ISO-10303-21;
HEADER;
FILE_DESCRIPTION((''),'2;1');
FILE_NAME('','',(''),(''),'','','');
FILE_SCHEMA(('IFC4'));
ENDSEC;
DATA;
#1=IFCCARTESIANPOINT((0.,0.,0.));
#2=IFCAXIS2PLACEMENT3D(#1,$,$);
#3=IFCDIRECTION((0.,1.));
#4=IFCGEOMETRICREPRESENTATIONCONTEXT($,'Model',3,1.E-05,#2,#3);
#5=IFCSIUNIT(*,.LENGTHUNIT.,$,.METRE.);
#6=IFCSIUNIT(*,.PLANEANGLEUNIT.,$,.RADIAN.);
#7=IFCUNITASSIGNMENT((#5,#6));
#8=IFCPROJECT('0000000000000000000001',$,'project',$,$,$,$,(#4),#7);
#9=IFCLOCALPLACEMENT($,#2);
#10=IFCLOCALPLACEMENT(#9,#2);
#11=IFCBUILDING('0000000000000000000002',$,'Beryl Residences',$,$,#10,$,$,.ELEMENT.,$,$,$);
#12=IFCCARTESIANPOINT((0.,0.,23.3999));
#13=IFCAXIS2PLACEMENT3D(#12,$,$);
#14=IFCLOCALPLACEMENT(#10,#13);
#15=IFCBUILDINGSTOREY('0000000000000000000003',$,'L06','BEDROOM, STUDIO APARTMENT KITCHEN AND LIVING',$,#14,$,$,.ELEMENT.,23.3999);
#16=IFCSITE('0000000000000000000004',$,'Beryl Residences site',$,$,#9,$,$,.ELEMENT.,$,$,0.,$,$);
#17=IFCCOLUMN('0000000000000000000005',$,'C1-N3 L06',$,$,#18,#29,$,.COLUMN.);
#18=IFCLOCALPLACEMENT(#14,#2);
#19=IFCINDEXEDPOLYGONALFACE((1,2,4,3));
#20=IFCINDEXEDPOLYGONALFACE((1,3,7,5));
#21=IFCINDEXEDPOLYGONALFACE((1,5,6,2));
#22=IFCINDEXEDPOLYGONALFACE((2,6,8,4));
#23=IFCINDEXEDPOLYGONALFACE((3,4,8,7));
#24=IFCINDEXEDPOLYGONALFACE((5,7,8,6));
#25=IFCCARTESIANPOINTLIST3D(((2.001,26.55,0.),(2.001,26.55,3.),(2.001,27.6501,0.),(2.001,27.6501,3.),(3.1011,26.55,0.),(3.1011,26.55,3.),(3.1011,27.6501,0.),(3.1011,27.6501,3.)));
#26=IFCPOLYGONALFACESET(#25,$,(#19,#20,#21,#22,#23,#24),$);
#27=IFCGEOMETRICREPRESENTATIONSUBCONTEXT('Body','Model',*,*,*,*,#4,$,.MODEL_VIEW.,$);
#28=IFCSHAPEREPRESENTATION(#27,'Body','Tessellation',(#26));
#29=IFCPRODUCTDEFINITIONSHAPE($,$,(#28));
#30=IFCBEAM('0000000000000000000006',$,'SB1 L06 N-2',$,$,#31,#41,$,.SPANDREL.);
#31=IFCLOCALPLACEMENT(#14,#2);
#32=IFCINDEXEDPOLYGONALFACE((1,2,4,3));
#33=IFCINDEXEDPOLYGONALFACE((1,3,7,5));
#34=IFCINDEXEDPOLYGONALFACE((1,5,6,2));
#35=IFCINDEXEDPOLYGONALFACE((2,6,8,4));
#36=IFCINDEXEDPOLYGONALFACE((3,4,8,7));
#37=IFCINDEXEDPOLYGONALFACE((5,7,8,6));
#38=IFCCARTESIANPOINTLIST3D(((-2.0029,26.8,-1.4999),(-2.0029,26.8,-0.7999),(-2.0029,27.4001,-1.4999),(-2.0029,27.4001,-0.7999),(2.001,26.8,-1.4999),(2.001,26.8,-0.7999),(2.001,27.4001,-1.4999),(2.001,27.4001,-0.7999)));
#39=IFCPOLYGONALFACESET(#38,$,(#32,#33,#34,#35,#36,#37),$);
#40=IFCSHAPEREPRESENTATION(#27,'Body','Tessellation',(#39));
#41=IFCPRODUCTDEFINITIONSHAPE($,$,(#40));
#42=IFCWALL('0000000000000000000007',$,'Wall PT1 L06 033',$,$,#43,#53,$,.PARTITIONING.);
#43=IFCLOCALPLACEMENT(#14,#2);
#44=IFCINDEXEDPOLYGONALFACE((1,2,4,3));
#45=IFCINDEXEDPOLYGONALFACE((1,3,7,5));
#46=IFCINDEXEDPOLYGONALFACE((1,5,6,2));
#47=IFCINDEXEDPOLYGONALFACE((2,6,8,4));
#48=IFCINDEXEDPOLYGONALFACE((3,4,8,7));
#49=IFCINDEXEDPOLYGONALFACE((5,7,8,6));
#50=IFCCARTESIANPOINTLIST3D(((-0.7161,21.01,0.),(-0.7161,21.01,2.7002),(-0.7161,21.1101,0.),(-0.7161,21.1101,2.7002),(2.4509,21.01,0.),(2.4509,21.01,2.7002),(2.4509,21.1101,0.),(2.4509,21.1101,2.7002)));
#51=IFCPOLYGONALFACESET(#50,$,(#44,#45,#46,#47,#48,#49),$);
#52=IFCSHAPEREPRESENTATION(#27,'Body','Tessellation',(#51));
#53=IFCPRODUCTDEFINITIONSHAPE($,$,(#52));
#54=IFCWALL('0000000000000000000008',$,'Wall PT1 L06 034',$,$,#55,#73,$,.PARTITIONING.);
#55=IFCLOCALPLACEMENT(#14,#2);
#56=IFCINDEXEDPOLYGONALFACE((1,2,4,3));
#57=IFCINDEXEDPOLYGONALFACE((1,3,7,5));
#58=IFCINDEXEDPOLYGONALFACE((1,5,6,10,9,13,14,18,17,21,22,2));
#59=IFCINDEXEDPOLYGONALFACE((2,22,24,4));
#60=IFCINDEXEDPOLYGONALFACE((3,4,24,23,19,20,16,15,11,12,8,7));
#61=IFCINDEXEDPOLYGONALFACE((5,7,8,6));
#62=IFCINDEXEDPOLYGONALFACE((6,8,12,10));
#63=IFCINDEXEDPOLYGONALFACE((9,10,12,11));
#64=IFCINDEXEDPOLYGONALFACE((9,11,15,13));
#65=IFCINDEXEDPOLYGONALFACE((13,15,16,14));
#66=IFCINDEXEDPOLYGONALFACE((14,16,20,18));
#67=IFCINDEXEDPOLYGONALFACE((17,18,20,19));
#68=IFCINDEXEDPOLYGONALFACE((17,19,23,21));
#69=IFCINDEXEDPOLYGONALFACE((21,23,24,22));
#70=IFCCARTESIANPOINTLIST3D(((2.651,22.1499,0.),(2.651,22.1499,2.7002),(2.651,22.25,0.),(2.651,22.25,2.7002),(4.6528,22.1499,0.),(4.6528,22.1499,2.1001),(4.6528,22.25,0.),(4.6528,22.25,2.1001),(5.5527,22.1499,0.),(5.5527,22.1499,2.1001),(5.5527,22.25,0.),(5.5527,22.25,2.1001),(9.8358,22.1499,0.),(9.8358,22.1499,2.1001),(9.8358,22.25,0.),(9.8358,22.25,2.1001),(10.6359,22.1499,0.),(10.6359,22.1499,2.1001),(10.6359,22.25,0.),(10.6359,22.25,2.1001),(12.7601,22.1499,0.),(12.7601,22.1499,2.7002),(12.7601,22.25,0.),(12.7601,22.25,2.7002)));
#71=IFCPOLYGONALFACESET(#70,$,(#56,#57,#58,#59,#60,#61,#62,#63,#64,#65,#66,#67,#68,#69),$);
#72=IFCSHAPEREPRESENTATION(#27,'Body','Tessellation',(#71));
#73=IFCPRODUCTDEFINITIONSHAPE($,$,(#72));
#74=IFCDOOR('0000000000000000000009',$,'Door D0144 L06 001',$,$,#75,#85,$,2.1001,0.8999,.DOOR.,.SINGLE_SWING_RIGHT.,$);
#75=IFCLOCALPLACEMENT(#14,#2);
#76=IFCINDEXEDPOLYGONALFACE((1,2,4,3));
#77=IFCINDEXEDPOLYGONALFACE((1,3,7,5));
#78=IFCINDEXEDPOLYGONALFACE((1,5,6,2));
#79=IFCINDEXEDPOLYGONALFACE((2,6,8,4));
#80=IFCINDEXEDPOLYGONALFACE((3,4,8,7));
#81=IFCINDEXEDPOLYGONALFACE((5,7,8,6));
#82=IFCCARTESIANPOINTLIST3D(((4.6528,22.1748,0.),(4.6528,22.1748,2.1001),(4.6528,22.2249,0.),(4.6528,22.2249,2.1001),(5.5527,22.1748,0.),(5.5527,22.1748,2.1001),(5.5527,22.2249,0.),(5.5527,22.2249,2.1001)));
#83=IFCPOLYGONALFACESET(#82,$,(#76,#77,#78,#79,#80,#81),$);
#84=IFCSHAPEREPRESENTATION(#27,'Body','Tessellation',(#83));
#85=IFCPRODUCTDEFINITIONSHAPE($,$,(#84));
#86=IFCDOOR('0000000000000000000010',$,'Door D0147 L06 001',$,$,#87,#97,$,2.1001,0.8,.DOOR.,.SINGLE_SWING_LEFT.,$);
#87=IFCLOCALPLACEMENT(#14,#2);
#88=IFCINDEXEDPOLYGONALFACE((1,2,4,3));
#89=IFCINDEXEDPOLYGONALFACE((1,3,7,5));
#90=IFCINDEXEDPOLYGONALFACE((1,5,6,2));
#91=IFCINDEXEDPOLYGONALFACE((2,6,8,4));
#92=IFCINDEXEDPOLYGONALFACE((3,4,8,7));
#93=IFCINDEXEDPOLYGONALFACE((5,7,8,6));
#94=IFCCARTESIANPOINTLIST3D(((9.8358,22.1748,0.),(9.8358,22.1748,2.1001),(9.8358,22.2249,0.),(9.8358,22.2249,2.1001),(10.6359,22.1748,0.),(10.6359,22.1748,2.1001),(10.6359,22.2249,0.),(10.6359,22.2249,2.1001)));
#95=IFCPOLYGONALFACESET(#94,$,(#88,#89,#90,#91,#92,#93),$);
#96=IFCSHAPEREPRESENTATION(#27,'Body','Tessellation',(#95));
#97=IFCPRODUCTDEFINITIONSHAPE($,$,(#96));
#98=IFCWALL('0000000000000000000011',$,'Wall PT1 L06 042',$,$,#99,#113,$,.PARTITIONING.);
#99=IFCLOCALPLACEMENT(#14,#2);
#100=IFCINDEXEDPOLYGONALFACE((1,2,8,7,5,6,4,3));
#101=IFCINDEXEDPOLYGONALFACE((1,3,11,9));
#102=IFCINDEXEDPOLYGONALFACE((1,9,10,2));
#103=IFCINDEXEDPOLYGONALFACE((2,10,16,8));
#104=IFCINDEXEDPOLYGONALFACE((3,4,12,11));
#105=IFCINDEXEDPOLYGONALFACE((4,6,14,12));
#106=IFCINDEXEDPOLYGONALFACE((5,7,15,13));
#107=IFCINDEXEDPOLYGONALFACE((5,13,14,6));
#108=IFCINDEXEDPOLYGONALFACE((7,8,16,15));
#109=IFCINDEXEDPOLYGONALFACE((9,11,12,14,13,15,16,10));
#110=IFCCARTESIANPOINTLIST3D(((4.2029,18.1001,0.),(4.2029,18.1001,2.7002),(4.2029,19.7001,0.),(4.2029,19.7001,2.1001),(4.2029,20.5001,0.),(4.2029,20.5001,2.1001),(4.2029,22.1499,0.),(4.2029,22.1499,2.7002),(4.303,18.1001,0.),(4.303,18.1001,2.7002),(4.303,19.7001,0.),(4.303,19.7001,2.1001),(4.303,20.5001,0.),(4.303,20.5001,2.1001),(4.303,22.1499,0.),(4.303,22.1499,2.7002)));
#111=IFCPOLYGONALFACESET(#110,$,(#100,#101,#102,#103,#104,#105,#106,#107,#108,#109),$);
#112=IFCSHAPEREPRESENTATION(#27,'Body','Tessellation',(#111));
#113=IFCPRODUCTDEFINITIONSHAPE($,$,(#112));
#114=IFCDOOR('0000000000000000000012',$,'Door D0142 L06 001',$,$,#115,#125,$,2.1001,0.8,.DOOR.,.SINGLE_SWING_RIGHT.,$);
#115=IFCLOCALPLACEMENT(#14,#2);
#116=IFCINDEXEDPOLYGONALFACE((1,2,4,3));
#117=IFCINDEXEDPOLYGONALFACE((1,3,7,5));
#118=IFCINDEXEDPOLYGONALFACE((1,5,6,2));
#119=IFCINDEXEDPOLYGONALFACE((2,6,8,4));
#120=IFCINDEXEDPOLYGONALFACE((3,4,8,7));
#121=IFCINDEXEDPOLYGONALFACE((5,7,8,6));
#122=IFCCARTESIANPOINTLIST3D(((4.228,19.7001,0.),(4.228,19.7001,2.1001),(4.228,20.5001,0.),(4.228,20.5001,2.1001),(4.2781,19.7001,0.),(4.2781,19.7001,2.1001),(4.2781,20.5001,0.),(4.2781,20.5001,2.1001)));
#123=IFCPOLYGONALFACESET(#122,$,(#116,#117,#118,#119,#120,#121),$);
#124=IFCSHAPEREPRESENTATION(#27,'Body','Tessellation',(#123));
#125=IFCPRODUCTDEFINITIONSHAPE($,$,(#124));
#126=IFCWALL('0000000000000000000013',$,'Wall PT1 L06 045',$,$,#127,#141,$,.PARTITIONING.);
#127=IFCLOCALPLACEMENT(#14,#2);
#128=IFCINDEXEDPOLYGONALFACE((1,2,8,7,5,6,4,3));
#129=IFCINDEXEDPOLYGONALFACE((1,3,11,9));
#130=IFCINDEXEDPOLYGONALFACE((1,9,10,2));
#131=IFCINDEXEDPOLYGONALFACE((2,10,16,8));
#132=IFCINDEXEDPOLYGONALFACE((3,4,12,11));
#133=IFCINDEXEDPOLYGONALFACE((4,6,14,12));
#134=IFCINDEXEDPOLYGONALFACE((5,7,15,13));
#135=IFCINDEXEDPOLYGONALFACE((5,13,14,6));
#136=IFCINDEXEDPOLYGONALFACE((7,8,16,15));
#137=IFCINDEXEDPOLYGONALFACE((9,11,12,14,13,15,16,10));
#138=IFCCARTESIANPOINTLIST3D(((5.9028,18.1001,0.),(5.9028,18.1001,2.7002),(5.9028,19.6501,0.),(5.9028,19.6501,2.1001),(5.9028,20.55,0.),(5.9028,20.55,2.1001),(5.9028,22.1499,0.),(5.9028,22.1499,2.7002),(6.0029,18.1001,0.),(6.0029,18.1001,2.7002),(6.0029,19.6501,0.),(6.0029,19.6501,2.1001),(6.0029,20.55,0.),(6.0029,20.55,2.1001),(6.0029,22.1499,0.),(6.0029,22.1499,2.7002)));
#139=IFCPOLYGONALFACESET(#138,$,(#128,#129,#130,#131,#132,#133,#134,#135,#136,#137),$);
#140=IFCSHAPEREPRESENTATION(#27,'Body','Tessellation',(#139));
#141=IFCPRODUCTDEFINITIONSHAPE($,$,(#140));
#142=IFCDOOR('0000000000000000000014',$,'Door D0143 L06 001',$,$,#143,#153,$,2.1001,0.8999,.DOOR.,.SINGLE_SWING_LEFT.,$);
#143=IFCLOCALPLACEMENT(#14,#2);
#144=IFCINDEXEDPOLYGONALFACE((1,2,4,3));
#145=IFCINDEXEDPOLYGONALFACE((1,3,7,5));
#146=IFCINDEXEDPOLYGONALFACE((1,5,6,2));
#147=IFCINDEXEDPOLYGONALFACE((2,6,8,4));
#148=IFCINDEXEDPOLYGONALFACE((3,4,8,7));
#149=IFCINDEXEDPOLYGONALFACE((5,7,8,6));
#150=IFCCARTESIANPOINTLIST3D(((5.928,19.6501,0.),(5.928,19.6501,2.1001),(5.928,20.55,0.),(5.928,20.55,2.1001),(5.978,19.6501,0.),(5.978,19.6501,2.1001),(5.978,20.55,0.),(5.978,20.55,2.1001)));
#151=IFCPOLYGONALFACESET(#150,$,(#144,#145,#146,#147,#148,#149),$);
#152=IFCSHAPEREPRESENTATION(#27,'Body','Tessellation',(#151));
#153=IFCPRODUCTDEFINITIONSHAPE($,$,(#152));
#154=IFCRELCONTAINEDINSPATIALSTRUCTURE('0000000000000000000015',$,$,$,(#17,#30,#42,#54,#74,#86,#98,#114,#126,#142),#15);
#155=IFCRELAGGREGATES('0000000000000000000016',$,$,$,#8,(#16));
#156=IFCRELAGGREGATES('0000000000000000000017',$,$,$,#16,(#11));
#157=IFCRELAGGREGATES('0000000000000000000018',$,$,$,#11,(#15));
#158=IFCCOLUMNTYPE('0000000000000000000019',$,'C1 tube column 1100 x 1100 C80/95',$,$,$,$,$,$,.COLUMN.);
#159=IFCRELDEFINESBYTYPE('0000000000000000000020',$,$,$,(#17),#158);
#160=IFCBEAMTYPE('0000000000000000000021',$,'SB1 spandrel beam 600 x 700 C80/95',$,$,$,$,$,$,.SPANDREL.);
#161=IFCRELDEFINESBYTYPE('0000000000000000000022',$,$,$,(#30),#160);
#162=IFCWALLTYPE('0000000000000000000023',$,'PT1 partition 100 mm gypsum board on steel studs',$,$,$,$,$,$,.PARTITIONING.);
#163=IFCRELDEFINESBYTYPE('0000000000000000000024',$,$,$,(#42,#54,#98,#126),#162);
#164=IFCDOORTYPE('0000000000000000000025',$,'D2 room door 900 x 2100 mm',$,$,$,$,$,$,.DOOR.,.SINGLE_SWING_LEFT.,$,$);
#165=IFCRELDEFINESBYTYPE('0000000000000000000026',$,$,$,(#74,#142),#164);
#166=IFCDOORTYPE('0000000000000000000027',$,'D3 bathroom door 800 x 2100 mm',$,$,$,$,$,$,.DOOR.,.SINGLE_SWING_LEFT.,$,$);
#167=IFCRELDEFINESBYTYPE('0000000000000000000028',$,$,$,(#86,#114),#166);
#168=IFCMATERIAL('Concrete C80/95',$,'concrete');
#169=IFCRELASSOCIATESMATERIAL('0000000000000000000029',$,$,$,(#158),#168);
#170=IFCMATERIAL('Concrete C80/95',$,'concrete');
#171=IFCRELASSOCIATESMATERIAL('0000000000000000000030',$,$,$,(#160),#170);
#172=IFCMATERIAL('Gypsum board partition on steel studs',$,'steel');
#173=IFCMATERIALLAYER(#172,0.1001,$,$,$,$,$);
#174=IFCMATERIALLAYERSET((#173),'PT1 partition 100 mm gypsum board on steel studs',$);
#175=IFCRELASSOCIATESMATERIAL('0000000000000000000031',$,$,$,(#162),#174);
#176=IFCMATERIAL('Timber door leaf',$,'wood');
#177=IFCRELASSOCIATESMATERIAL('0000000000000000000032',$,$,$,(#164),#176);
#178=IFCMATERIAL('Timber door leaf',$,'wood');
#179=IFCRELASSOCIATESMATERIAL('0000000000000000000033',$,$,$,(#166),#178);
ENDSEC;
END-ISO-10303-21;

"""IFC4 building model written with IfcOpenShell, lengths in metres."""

from ifc_helpers import new_model, si_unit, direction, frame, frame_2d, origin, origin_2d, place, context, subcontext, project, spatial, rectangle, extrude, material, layer, layer_set, material_profile, profile_set, type_object, element, fill, save


model = new_model("IFC4")

# Units and contexts
model_context = context("Model", 3, precision=1e-05, world=origin(), true_north=direction((0.0, 1.0)))
body_context = subcontext(model_context, "Body", "Model", "MODEL_VIEW")
ifc_project = project(units=[si_unit("LENGTHUNIT", "METRE"), si_unit("PLANEANGLEUNIT", "RADIAN")], contexts=[model_context])

# Site, building, storey
site_placement = place(None, origin())
site = spatial("IfcSite", under=ifc_project, at=site_placement, Name="Beryl Residences site", CompositionType="ELEMENT", RefElevation=0.0)
building_placement = place(site_placement, origin())
building = spatial("IfcBuilding", under=site, at=building_placement, Name="Beryl Residences", CompositionType="ELEMENT")
storey_placement = place(building_placement, frame((0.0, 0.0, 23.3999)))
storey = spatial("IfcBuildingStorey", under=building, at=storey_placement, Name="L06", Description="BEDROOM, STUDIO APARTMENT KITCHEN AND LIVING", CompositionType="ELEMENT", Elevation=23.3999)

# Column
ifc_material_1 = material(Name="Concrete C80/95", Category="concrete")
ifc_material_profile_1 = material_profile(ifc_material_1, rectangle(XDim=1.1001, YDim=1.1001, at=origin_2d()))
ifc_profile_set_1 = profile_set([ifc_material_profile_1], Name="Concrete C80/95")
column_type = type_object("IfcColumnType", Name="C1 tube column 1100 x 1100 C80/95", PredefinedType="COLUMN", material=ifc_profile_set_1)
column_placement = place(storey_placement, frame((2.551, 27.1001, 0.0), z_axis=(0.0, 0.0, 1.0), x_axis=(-1.0, 0.0, 0.0)))
element("IfcColumn", 1, at=column_placement, inside=storey, type_object=column_type, Name="C1-N3 L06", PredefinedType="COLUMN", context=body_context, shape_type="SweptSolid", body=[
    extrude(rectangle(XDim=1.1001, YDim=1.1001, at=origin_2d()), origin(), (0.0, 0.0, 1.0), 3.0),
])

# Beam
ifc_material_2 = material(Name="Concrete C80/95", Category="concrete")
ifc_material_profile_2 = material_profile(ifc_material_2, rectangle(XDim=0.6001, YDim=0.7, at=origin_2d()))
ifc_profile_set_2 = profile_set([ifc_material_profile_2], Name="Concrete C80/95")
beam_type = type_object("IfcBeamType", Name="SB1 spandrel beam 600 x 700 C80/95", PredefinedType="SPANDREL", material=ifc_profile_set_2)
beam_placement = place(storey_placement, frame((2.001, 27.1001, -1.1499), z_axis=(-1.0, 0.0, 0.0), x_axis=(0.0, -1.0, 0.0)))
element("IfcBeam", 2, at=beam_placement, inside=storey, type_object=beam_type, Name="SB1 L06 N-2", PredefinedType="SPANDREL", context=body_context, shape_type="SweptSolid", body=[
    extrude(rectangle(XDim=0.6001, YDim=0.7, at=origin_2d()), origin(), (0.0, 0.0, 1.0), 4.0039),
])

# Wall
ifc_material_3 = material(Name="Gypsum board partition on steel studs", Category="steel")
ifc_layer_1 = layer(ifc_material_3, 0.1001)
ifc_layer_set_1 = layer_set([ifc_layer_1], Name="PT1 partition 100 mm gypsum board on steel studs")
wall_type_1 = type_object("IfcWallType", Name="PT1 partition 100 mm gypsum board on steel studs", PredefinedType="PARTITIONING", material=ifc_layer_set_1)
wall_1_placement = place(storey_placement, frame((-0.7161, 21.0601, 0.0), z_axis=(0.0, 0.0, 1.0), x_axis=(1.0, 0.0, 0.0)))
element("IfcWall", 3, at=wall_1_placement, inside=storey, type_object=wall_type_1, Name="Wall PT1 L06 033", PredefinedType="PARTITIONING", context=body_context, shape_type="SweptSolid", body=[
    extrude(rectangle(XDim=3.167, YDim=0.1001, at=frame_2d((1.5835, 0.0))), origin(), (0.0, 0.0, 1.0), 2.7002),
])

# Wall, openings, doors
wall_2_placement = place(storey_placement, frame((2.6509, 22.2, 0.0), z_axis=(0.0, 0.0, 1.0), x_axis=(1.0, 0.0, 0.0)))
wall_2 = element("IfcWall", 4, at=wall_2_placement, inside=storey, type_object=wall_type_1, Name="Wall PT1 L06 034", PredefinedType="PARTITIONING", context=body_context, shape_type="SweptSolid", body=[
    extrude(rectangle(XDim=10.1091, YDim=0.1001, at=frame_2d((5.0547, 0.0))), origin(), (0.0, 0.0, 1.0), 2.7002),
])
opening_1_placement = place(wall_2_placement, frame((2.002, 0.0, 0.0)))
opening_1 = element("IfcOpeningElement", 5, at=opening_1_placement, cuts=wall_2, PredefinedType="OPENING", context=body_context, shape_type="SweptSolid", body=[
    extrude(rectangle(XDim=0.8999, YDim=2.1001, at=frame_2d((0.45, 1.05))), frame((0.0, 0.0601, 0.0), z_axis=(0.0, -1.0, 0.0), x_axis=(1.0, 0.0, 0.0)), (0.0, 0.0, 1.0), 0.1201),
])
opening_2_placement = place(wall_2_placement, frame((7.1851, 0.0, 0.0)))
opening_2 = element("IfcOpeningElement", 6, at=opening_2_placement, cuts=wall_2, PredefinedType="OPENING", context=body_context, shape_type="SweptSolid", body=[
    extrude(rectangle(XDim=0.8, YDim=2.1001, at=frame_2d((0.3999, 1.05))), frame((0.0, 0.0601, 0.0), z_axis=(0.0, -1.0, 0.0), x_axis=(1.0, 0.0, 0.0)), (0.0, 0.0, 1.0), 0.1201),
])
ifc_material_4 = material(Name="Timber door leaf", Category="wood")
door_type_1 = type_object("IfcDoorType", Name="D2 room door 900 x 2100 mm", OperationType="SINGLE_SWING_LEFT", PredefinedType="DOOR", material=ifc_material_4)
door_1_placement = place(opening_1_placement, origin())
door_1 = element("IfcDoor", 7, at=door_1_placement, inside=storey, type_object=door_type_1, Name="Door D0144 L06 001", OperationType="SINGLE_SWING_RIGHT", OverallHeight=2.1001, OverallWidth=0.8999, PredefinedType="DOOR", context=body_context, shape_type="SweptSolid", body=[
    extrude(rectangle(XDim=0.8999, YDim=2.1001, at=frame_2d((0.45, 1.05))), frame((0.0, 0.0249, 0.0), z_axis=(0.0, -1.0, 0.0), x_axis=(1.0, 0.0, 0.0)), (0.0, 0.0, 1.0), 0.05),
])
fill(opening_1, door_1)
ifc_material_5 = material(Name="Timber door leaf", Category="wood")
door_type_2 = type_object("IfcDoorType", Name="D3 bathroom door 800 x 2100 mm", OperationType="SINGLE_SWING_LEFT", PredefinedType="DOOR", material=ifc_material_5)
door_2_placement = place(opening_2_placement, origin())
door_2 = element("IfcDoor", 8, at=door_2_placement, inside=storey, type_object=door_type_2, Name="Door D0147 L06 001", OperationType="SINGLE_SWING_LEFT", OverallHeight=2.1001, OverallWidth=0.8, PredefinedType="DOOR", context=body_context, shape_type="SweptSolid", body=[
    extrude(rectangle(XDim=0.8, YDim=2.1001, at=frame_2d((0.3999, 1.05))), frame((0.0, 0.0249, 0.0), z_axis=(0.0, -1.0, 0.0), x_axis=(1.0, 0.0, 0.0)), (0.0, 0.0, 1.0), 0.05),
])
fill(opening_2, door_2)

# Walls, openings, doors
wall_3_placement = place(storey_placement, frame((4.2529, 18.1001, 0.0), z_axis=(0.0, 0.0, 1.0), x_axis=(0.0, 1.0, 0.0)))
wall_3 = element("IfcWall", 9, at=wall_3_placement, inside=storey, type_object=wall_type_1, Name="Wall PT1 L06 042", PredefinedType="PARTITIONING", context=body_context, shape_type="SweptSolid", body=[
    extrude(rectangle(XDim=4.0498, YDim=0.1001, at=frame_2d((2.0249, 0.0))), origin(), (0.0, 0.0, 1.0), 2.7002),
])
opening_3_placement = place(wall_3_placement, frame((1.6001, 0.0, 0.0)))
opening_3 = element("IfcOpeningElement", 10, at=opening_3_placement, cuts=wall_3, PredefinedType="OPENING", context=body_context, shape_type="SweptSolid", body=[
    extrude(rectangle(XDim=0.8, YDim=2.1001, at=frame_2d((0.3999, 1.05))), frame((0.0, 0.0601, 0.0), z_axis=(0.0, -1.0, 0.0), x_axis=(1.0, 0.0, 0.0)), (0.0, 0.0, 1.0), 0.1201),
])
door_3_placement = place(opening_3_placement, origin())
door_3 = element("IfcDoor", 11, at=door_3_placement, inside=storey, type_object=door_type_2, Name="Door D0142 L06 001", OperationType="SINGLE_SWING_RIGHT", OverallHeight=2.1001, OverallWidth=0.8, PredefinedType="DOOR", context=body_context, shape_type="SweptSolid", body=[
    extrude(rectangle(XDim=0.8, YDim=2.1001, at=frame_2d((0.3999, 1.05))), frame((0.0, 0.0249, 0.0), z_axis=(0.0, -1.0, 0.0), x_axis=(1.0, 0.0, 0.0)), (0.0, 0.0, 1.0), 0.05),
])
fill(opening_3, door_3)
wall_4_placement = place(storey_placement, frame((5.9529, 18.1001, 0.0), z_axis=(0.0, 0.0, 1.0), x_axis=(0.0, 1.0, 0.0)))
wall_4 = element("IfcWall", 12, at=wall_4_placement, inside=storey, type_object=wall_type_1, Name="Wall PT1 L06 045", PredefinedType="PARTITIONING", context=body_context, shape_type="SweptSolid", body=[
    extrude(rectangle(XDim=4.0498, YDim=0.1001, at=frame_2d((2.0249, 0.0))), origin(), (0.0, 0.0, 1.0), 2.7002),
])
opening_4_placement = place(wall_4_placement, frame((1.55, 0.0, 0.0)))
opening_4 = element("IfcOpeningElement", 13, at=opening_4_placement, cuts=wall_4, PredefinedType="OPENING", context=body_context, shape_type="SweptSolid", body=[
    extrude(rectangle(XDim=0.8999, YDim=2.1001, at=frame_2d((0.45, 1.05))), frame((0.0, 0.0601, 0.0), z_axis=(0.0, -1.0, 0.0), x_axis=(1.0, 0.0, 0.0)), (0.0, 0.0, 1.0), 0.1201),
])
door_4_placement = place(opening_4_placement, origin())
door_4 = element("IfcDoor", 14, at=door_4_placement, inside=storey, type_object=door_type_1, Name="Door D0143 L06 001", OperationType="SINGLE_SWING_LEFT", OverallHeight=2.1001, OverallWidth=0.8999, PredefinedType="DOOR", context=body_context, shape_type="SweptSolid", body=[
    extrude(rectangle(XDim=0.8999, YDim=2.1001, at=frame_2d((0.45, 1.05))), frame((0.0, 0.0249, 0.0), z_axis=(0.0, -1.0, 0.0), x_axis=(1.0, 0.0, 0.0)), (0.0, 0.0, 1.0), 0.05),
])
fill(opening_4, door_4)

save(model, "model.ifc")
